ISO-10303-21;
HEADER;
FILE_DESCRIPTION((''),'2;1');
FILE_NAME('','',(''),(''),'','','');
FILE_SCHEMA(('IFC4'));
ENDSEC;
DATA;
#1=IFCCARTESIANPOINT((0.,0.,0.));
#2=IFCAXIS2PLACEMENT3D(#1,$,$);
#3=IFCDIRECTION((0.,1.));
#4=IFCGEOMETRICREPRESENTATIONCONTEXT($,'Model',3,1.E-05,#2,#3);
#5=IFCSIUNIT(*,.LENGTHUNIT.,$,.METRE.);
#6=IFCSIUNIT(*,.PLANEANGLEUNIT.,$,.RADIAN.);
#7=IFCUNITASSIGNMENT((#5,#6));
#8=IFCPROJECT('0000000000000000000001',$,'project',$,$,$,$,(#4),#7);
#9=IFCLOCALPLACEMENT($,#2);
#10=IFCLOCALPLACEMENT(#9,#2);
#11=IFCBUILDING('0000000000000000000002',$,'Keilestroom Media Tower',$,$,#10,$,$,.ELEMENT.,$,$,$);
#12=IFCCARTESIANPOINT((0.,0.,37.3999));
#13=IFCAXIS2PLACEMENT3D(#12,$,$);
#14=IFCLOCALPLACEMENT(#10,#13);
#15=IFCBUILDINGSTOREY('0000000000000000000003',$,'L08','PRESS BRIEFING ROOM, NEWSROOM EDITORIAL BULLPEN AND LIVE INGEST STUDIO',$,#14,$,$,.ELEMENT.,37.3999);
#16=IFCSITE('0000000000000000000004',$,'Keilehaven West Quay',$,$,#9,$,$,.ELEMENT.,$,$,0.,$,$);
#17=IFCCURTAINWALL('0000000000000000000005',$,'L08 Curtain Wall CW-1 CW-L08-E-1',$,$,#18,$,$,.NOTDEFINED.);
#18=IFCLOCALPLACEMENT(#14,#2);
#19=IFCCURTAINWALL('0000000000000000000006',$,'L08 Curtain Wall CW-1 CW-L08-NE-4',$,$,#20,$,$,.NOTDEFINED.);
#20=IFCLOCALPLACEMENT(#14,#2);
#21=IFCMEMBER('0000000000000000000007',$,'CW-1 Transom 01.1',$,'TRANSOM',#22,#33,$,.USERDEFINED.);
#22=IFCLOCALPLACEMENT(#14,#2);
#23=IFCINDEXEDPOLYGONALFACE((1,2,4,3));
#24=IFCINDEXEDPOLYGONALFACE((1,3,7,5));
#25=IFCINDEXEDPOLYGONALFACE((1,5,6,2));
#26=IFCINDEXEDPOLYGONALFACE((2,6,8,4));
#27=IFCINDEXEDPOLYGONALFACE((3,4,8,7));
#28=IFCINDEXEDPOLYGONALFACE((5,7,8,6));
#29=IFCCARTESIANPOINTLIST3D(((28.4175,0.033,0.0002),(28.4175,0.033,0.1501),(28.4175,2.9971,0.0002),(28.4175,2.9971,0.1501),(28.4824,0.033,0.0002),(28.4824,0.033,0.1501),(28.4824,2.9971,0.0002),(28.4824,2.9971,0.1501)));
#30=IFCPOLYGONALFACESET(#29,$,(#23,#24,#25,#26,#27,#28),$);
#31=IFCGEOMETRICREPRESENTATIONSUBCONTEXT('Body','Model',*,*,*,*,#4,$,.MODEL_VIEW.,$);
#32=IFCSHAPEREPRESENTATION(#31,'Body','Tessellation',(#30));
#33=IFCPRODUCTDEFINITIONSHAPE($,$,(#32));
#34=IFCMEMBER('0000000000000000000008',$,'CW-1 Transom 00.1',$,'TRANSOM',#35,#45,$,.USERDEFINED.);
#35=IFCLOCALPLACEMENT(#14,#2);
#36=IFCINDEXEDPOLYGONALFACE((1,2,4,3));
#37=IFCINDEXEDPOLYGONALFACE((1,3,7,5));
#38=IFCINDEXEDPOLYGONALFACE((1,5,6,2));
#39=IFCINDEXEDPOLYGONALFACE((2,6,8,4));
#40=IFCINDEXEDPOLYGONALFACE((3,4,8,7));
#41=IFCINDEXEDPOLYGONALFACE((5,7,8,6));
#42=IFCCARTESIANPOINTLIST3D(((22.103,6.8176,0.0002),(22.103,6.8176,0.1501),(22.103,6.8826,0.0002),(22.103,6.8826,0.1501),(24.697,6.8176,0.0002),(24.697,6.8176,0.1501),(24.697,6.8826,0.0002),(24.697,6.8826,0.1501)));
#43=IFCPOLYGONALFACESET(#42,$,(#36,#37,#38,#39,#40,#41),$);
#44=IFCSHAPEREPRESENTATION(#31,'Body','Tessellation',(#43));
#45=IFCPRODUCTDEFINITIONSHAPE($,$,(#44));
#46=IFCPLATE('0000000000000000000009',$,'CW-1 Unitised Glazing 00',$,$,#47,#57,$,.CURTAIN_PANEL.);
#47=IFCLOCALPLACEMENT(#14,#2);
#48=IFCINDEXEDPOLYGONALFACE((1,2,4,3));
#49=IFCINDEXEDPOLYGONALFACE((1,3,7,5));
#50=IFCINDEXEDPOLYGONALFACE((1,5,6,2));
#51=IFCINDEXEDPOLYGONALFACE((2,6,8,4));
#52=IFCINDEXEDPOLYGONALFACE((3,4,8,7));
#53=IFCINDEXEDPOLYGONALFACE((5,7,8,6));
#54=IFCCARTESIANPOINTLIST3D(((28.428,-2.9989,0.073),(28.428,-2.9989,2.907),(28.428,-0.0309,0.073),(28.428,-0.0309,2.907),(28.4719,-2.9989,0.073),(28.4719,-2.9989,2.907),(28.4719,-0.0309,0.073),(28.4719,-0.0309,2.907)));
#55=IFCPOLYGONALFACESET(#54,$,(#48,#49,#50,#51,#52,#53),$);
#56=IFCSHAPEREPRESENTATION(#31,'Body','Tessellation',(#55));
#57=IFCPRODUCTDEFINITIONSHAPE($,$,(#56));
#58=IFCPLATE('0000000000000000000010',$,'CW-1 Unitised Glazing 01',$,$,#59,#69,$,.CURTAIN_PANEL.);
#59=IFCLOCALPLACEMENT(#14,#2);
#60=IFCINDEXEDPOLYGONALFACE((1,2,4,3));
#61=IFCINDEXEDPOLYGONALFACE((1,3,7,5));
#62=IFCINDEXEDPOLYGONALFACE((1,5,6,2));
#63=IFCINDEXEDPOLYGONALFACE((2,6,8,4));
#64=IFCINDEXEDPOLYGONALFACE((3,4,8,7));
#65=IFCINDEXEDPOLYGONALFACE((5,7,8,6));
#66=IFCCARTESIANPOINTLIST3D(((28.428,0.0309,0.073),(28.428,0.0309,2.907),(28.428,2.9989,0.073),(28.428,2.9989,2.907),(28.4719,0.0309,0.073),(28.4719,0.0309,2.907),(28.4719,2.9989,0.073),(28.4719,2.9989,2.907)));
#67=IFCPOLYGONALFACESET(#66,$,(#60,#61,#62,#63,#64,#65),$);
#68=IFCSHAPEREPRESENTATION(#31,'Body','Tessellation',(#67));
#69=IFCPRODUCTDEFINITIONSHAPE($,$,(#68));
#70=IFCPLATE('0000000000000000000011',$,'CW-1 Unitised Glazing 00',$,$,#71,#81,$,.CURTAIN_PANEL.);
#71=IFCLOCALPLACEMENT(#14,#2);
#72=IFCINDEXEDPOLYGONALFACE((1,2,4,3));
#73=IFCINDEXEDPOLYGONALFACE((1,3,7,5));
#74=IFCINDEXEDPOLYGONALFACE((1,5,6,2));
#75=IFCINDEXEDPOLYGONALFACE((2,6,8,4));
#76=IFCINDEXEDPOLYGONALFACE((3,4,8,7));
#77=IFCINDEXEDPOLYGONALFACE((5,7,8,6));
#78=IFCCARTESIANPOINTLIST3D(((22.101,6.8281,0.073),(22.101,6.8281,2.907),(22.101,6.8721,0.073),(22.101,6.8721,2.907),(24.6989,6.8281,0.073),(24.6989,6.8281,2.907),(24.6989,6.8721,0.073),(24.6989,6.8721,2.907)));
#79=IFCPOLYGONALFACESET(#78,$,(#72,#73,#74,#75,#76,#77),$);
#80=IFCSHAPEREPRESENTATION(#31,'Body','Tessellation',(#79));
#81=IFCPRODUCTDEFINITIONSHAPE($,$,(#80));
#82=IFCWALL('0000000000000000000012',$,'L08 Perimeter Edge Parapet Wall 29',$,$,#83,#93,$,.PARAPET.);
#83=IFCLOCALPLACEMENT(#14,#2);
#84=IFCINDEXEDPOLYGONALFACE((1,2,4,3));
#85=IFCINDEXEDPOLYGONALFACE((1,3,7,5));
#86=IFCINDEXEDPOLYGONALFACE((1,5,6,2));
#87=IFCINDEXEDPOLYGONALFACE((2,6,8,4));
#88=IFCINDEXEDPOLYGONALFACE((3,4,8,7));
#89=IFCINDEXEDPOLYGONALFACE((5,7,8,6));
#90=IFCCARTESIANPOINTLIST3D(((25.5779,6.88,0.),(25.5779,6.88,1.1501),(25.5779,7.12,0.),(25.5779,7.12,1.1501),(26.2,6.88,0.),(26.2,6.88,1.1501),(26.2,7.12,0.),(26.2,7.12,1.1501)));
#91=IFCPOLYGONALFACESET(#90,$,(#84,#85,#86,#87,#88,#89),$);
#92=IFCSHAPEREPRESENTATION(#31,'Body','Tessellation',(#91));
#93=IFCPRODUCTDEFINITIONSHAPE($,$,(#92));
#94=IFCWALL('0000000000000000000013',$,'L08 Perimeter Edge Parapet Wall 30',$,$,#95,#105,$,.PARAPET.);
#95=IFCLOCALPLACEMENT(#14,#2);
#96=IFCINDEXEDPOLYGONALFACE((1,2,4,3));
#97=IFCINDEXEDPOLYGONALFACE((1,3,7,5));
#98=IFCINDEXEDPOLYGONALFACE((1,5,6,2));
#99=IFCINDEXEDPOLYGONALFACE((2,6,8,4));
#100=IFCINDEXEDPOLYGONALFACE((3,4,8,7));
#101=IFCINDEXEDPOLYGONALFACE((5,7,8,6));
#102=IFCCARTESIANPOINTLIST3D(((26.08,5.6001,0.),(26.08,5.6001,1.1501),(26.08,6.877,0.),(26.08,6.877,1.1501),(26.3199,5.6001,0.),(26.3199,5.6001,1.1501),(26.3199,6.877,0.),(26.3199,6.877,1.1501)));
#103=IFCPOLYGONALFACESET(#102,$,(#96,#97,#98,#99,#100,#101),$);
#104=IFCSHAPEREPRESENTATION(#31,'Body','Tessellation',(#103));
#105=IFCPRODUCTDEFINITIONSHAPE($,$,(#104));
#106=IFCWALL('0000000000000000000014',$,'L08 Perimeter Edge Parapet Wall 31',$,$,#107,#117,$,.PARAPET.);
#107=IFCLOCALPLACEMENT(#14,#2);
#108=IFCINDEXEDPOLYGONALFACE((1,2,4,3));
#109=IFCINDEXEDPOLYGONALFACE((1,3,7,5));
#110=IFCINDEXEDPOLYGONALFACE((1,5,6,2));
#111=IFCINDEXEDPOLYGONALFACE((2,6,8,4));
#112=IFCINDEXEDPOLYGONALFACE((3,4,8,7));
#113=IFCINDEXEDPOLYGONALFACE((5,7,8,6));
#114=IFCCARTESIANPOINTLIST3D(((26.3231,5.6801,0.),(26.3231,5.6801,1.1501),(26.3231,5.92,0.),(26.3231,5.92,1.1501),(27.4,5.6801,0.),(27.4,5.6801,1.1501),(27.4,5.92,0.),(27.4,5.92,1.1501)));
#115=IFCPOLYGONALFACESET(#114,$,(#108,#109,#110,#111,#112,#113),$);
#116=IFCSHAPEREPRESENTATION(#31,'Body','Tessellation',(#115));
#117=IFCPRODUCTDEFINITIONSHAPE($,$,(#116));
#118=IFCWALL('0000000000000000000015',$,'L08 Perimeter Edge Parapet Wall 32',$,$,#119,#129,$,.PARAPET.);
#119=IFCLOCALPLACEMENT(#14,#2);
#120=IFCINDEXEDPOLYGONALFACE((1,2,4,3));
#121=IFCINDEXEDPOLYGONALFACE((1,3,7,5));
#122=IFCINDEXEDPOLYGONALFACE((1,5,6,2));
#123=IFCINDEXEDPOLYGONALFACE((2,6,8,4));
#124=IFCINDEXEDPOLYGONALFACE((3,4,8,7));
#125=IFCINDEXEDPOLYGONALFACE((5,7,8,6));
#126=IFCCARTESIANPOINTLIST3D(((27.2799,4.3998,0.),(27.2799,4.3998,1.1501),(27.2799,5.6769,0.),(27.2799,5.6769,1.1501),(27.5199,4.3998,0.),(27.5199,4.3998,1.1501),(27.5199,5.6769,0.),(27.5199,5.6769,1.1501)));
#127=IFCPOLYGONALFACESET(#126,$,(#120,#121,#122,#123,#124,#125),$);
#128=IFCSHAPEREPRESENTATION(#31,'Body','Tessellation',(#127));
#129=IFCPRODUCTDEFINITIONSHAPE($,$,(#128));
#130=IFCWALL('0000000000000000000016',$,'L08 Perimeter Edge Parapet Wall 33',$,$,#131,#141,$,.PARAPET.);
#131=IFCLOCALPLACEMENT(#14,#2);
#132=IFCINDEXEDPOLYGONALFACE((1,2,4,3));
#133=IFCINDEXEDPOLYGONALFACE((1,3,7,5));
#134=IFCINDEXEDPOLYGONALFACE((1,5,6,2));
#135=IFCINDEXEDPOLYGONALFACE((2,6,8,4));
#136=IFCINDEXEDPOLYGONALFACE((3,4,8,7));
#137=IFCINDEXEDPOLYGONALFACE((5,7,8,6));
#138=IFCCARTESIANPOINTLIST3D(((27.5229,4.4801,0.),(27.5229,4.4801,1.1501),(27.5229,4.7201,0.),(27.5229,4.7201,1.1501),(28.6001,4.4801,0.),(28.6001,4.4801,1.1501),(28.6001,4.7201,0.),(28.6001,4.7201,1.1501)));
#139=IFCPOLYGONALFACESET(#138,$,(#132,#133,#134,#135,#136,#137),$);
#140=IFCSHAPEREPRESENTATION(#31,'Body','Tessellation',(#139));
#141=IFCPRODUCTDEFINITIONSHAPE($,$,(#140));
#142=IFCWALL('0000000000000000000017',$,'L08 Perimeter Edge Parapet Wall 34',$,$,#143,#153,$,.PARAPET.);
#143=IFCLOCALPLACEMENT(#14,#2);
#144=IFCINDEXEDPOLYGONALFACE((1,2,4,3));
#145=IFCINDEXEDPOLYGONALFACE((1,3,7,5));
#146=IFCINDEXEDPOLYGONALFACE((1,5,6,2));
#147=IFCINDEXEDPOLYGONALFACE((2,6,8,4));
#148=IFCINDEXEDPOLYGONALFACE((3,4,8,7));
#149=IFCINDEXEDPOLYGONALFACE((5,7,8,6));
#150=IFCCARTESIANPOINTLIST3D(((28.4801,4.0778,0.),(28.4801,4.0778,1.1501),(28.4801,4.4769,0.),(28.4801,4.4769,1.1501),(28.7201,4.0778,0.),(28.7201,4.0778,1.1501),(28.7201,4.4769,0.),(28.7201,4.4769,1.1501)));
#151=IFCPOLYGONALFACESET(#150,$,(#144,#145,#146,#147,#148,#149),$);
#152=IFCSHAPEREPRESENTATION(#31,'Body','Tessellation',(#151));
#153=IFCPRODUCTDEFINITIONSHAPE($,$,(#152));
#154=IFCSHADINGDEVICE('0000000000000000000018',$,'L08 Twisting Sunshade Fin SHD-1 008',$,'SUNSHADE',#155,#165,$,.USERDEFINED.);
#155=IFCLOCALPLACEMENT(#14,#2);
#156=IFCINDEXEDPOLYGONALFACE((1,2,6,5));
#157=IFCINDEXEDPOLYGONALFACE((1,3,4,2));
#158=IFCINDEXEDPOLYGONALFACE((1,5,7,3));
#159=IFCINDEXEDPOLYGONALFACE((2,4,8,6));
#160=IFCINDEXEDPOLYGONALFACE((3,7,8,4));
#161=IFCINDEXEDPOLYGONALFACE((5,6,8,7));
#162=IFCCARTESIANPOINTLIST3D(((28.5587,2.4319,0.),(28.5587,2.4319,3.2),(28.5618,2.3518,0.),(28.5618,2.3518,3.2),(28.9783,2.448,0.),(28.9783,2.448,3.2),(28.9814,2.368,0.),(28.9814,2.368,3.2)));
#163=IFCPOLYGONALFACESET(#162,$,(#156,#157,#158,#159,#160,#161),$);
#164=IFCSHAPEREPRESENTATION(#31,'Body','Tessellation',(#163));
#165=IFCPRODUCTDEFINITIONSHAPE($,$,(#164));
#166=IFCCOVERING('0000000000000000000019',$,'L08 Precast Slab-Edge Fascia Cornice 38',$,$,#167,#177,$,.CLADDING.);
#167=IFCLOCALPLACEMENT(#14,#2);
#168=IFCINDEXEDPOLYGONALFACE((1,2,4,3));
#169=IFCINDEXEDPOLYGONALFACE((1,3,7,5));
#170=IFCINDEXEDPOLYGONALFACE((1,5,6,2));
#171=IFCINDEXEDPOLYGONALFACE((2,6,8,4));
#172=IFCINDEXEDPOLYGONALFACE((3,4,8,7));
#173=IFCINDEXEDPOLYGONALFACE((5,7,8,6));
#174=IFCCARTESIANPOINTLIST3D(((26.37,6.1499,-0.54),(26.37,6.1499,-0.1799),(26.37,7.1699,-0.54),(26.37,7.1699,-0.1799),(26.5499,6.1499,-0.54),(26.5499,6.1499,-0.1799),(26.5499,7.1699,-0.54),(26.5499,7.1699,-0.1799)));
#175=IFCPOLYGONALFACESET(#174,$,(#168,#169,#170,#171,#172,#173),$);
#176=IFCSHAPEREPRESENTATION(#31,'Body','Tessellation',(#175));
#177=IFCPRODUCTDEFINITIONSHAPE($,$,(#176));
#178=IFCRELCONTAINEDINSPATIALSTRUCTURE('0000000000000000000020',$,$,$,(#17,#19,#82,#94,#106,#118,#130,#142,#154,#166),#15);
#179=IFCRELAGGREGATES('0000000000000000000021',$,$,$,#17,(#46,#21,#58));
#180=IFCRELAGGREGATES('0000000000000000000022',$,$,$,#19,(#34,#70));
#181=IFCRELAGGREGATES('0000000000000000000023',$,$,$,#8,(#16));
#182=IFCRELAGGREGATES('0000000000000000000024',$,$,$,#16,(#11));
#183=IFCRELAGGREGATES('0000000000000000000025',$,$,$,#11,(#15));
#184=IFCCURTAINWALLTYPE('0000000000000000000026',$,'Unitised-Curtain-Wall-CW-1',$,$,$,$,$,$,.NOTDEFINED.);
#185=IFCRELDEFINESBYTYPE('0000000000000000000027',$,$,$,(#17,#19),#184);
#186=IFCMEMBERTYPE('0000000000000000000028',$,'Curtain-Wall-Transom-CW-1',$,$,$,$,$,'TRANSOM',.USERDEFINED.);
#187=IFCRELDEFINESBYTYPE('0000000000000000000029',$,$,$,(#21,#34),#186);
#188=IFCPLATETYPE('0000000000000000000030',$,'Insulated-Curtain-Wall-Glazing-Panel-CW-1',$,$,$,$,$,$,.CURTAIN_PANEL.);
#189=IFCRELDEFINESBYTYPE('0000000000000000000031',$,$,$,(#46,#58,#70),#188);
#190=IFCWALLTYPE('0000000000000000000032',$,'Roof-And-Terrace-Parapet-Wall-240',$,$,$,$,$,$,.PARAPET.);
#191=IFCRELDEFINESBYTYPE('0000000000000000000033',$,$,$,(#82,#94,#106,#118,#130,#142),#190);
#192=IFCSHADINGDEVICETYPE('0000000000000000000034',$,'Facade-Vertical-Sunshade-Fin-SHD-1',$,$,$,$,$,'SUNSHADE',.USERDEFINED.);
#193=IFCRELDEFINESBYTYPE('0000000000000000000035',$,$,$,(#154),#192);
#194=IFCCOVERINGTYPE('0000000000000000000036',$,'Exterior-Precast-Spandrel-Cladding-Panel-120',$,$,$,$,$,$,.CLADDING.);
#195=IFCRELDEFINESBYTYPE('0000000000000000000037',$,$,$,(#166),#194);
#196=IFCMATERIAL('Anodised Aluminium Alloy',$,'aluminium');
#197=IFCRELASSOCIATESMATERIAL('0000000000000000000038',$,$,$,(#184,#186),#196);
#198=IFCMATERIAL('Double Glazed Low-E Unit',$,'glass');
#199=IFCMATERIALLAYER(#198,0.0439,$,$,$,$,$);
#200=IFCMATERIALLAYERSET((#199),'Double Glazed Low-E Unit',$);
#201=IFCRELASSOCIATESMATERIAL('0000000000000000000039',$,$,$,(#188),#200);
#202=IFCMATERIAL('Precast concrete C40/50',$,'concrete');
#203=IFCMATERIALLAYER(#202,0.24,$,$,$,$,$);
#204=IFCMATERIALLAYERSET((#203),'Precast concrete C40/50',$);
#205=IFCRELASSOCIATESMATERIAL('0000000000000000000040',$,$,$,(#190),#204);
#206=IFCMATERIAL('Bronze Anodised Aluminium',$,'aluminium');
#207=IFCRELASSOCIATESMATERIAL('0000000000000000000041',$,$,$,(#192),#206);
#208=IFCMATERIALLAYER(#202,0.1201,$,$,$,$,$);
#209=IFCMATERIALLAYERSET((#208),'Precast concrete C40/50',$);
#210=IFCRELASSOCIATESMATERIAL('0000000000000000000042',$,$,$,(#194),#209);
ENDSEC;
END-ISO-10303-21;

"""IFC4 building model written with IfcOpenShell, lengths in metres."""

from ifc_helpers import new_model, si_unit, direction, frame, frame_2d, origin, origin_2d, place, context, subcontext, project, spatial, rectangle, extrude, source, transform, mapped, material, layer, layer_set, material_profile, profile_set, type_object, element, aggregate, save


model = new_model("IFC4")

# Units and contexts
model_context = context("Model", 3, precision=1e-05, world=origin(), true_north=direction((0.0, 1.0)))
body_context = subcontext(model_context, "Body", "Model", "MODEL_VIEW")
ifc_project = project(units=[si_unit("LENGTHUNIT", "METRE"), si_unit("PLANEANGLEUNIT", "RADIAN")], contexts=[model_context])

# Site, building, storey
site_placement = place(None, origin())
site = spatial("IfcSite", under=ifc_project, at=site_placement, Name="Keilehaven West Quay", CompositionType="ELEMENT", RefElevation=0.0)
building_placement = place(site_placement, origin())
building = spatial("IfcBuilding", under=site, at=building_placement, Name="Keilestroom Media Tower", CompositionType="ELEMENT")
storey_placement = place(building_placement, frame((0.0, 0.0, 37.3999)))
storey = spatial("IfcBuildingStorey", under=building, at=storey_placement, Name="L08", Description="PRESS BRIEFING ROOM, NEWSROOM EDITORIAL BULLPEN AND LIVE INGEST STUDIO", CompositionType="ELEMENT", Elevation=37.3999)

# Shared definitions
ifc_material_1 = material(Name="Precast concrete C40/50", Category="concrete")

# Curtain walls
ifc_material_2 = material(Name="Anodised Aluminium Alloy", Category="aluminium")
curtain_wall_type = type_object("IfcCurtainWallType", Name="Unitised-Curtain-Wall-CW-1", PredefinedType="NOTDEFINED", material=ifc_material_2)
curtain_wall_1_placement = place(storey_placement, origin())
curtain_wall_1 = element("IfcCurtainWall", 1, at=curtain_wall_1_placement, inside=storey, type_object=curtain_wall_type, Name="L08 Curtain Wall CW-1 CW-L08-E-1", PredefinedType="NOTDEFINED")
curtain_wall_2_placement = place(storey_placement, origin())
curtain_wall_2 = element("IfcCurtainWall", 2, at=curtain_wall_2_placement, inside=storey, type_object=curtain_wall_type, Name="L08 Curtain Wall CW-1 CW-L08-NE-4", PredefinedType="NOTDEFINED")

# Members
ifc_material_profile_1 = material_profile(ifc_material_2, rectangle(XDim=0.0649, YDim=0.1499, at=origin_2d()), Name="ALU TRANSOM 65x150")
ifc_profile_set_1 = profile_set([ifc_material_profile_1], Name="Anodised Aluminium Alloy")
member_type_1 = type_object("IfcMemberType", Name="Curtain-Wall-Transom-CW-1", ElementType="TRANSOM", PredefinedType="USERDEFINED", material=ifc_profile_set_1)
shared_shape_1 = source(origin(), body_context, "Body", "SweptSolid", [
    extrude(rectangle(XDim=0.0649, YDim=0.1499, at=origin_2d()), origin(), (0.0, 0.0, 1.0), 2.9641),
])
member_1_placement = place(storey_placement, frame((28.45, 0.033, 0.0752), z_axis=(0.0, 1.0, 0.0), x_axis=(-1.0, 0.0, 0.0)))
member_1 = element("IfcMember", 3, at=member_1_placement, type_object=member_type_1, Name="CW-1 Transom 01.1", ObjectType="TRANSOM", PredefinedType="USERDEFINED", context=body_context, shape_type="MappedRepresentation", body=[
    mapped(shared_shape_1, transform((0.0, 0.0, 0.0), x_axis=(1.0, 0.0, 0.0), y_axis=(0.0, 1.0, 0.0), z_axis=(0.0, 0.0, 1.0), scale=1.0)),
])
shared_shape_2 = source(origin(), body_context, "Body", "SweptSolid", [
    extrude(rectangle(XDim=0.0649, YDim=0.1499, at=origin_2d()), origin(), (0.0, 0.0, 1.0), 2.594),
])
member_2_placement = place(storey_placement, frame((22.103, 6.8501, 0.0752), z_axis=(1.0, 0.0, 0.0), x_axis=(0.0, 1.0, 0.0)))
member_2 = element("IfcMember", 4, at=member_2_placement, type_object=member_type_1, Name="CW-1 Transom 00.1", ObjectType="TRANSOM", PredefinedType="USERDEFINED", context=body_context, shape_type="MappedRepresentation", body=[
    mapped(shared_shape_2, transform((0.0, 0.0, 0.0), x_axis=(1.0, 0.0, 0.0), y_axis=(0.0, 1.0, 0.0), z_axis=(0.0, 0.0, 1.0), scale=1.0)),
])

# Plates
ifc_material_3 = material(Name="Double Glazed Low-E Unit", Category="glass")
ifc_layer_1 = layer(ifc_material_3, 0.0439)
ifc_layer_set_1 = layer_set([ifc_layer_1], Name="Double Glazed Low-E Unit")
plate_type = type_object("IfcPlateType", Name="Insulated-Curtain-Wall-Glazing-Panel-CW-1", PredefinedType="CURTAIN_PANEL", material=ifc_layer_set_1)
shared_shape_3 = source(origin(), body_context, "Body", "SweptSolid", [
    extrude(rectangle(XDim=2.968, YDim=0.0439, at=origin_2d()), origin(), (0.0, 0.0, 1.0), 2.834),
])
plate_1_placement = place(storey_placement, frame((28.45, -1.5149, 0.073), z_axis=(0.0, 0.0, 1.0), x_axis=(0.0, 1.0, 0.0)))
plate_1 = element("IfcPlate", 5, at=plate_1_placement, type_object=plate_type, Name="CW-1 Unitised Glazing 00", PredefinedType="CURTAIN_PANEL", context=body_context, shape_type="MappedRepresentation", body=[
    mapped(shared_shape_3, transform((0.0, 0.0, 0.0), x_axis=(1.0, 0.0, 0.0), y_axis=(0.0, 1.0, 0.0), z_axis=(0.0, 0.0, 1.0), scale=1.0)),
])
plate_2_placement = place(storey_placement, frame((28.45, 1.5149, 0.073), z_axis=(0.0, 0.0, 1.0), x_axis=(0.0, 1.0, 0.0)))
plate_2 = element("IfcPlate", 6, at=plate_2_placement, type_object=plate_type, Name="CW-1 Unitised Glazing 01", PredefinedType="CURTAIN_PANEL", context=body_context, shape_type="MappedRepresentation", body=[
    mapped(shared_shape_3, transform((0.0, 0.0, 0.0), x_axis=(1.0, 0.0, 0.0), y_axis=(0.0, 1.0, 0.0), z_axis=(0.0, 0.0, 1.0), scale=1.0)),
])
aggregate(curtain_wall_1, [plate_1, member_1, plate_2])
shared_shape_4 = source(origin(), body_context, "Body", "SweptSolid", [
    extrude(rectangle(XDim=2.5979, YDim=0.0439, at=origin_2d()), origin(), (0.0, 0.0, 1.0), 2.834),
])
plate_3_placement = place(storey_placement, frame((23.3999, 6.8501, 0.073), z_axis=(0.0, 0.0, 1.0), x_axis=(1.0, 0.0, 0.0)))
plate_3 = element("IfcPlate", 7, at=plate_3_placement, type_object=plate_type, Name="CW-1 Unitised Glazing 00", PredefinedType="CURTAIN_PANEL", context=body_context, shape_type="MappedRepresentation", body=[
    mapped(shared_shape_4, transform((0.0, 0.0, 0.0), x_axis=(1.0, 0.0, 0.0), y_axis=(0.0, 1.0, 0.0), z_axis=(0.0, 0.0, 1.0), scale=1.0)),
])
aggregate(curtain_wall_2, [member_2, plate_3])

# Walls
ifc_layer_2 = layer(ifc_material_1, 0.24)
ifc_layer_set_2 = layer_set([ifc_layer_2], Name="Precast concrete C40/50")
wall_type = type_object("IfcWallType", Name="Roof-And-Terrace-Parapet-Wall-240", PredefinedType="PARAPET", material=ifc_layer_set_2)
wall_1_placement = place(storey_placement, frame((25.5779, 7.0, 0.0), z_axis=(0.0, 0.0, 1.0), x_axis=(1.0, 0.0, 0.0)))
element("IfcWall", 8, at=wall_1_placement, inside=storey, type_object=wall_type, Name="L08 Perimeter Edge Parapet Wall 29", PredefinedType="PARAPET", context=body_context, shape_type="SweptSolid", body=[
    extrude(rectangle(XDim=0.6221, YDim=0.24, at=frame_2d((0.311, 0.0))), origin(), (0.0, 0.0, 1.0), 1.1501),
])
wall_2_placement = place(storey_placement, frame((26.2, 6.877, 0.0), z_axis=(0.0, 0.0, 1.0), x_axis=(0.0, -1.0, 0.0)))
element("IfcWall", 9, at=wall_2_placement, inside=storey, type_object=wall_type, Name="L08 Perimeter Edge Parapet Wall 30", PredefinedType="PARAPET", context=body_context, shape_type="SweptSolid", body=[
    extrude(rectangle(XDim=1.2769, YDim=0.24, at=frame_2d((0.6384, 0.0))), origin(), (0.0, 0.0, 1.0), 1.1501),
])
wall_3_placement = place(storey_placement, frame((26.323, 5.8, 0.0), z_axis=(0.0, 0.0, 1.0), x_axis=(1.0, 0.0, 0.0)))
element("IfcWall", 10, at=wall_3_placement, inside=storey, type_object=wall_type, Name="L08 Perimeter Edge Parapet Wall 31", PredefinedType="PARAPET", context=body_context, shape_type="SweptSolid", body=[
    extrude(rectangle(XDim=1.0769, YDim=0.24, at=frame_2d((0.5386, 0.0))), origin(), (0.0, 0.0, 1.0), 1.1501),
])
wall_4_placement = place(storey_placement, frame((27.3999, 5.677, 0.0), z_axis=(0.0, 0.0, 1.0), x_axis=(0.0, -1.0, 0.0)))
element("IfcWall", 11, at=wall_4_placement, inside=storey, type_object=wall_type, Name="L08 Perimeter Edge Parapet Wall 32", PredefinedType="PARAPET", context=body_context, shape_type="SweptSolid", body=[
    extrude(rectangle(XDim=1.2771, YDim=0.24, at=frame_2d((0.6387, 0.0))), origin(), (0.0, 0.0, 1.0), 1.1501),
])
wall_5_placement = place(storey_placement, frame((27.5229, 4.6001, 0.0), z_axis=(0.0, 0.0, 1.0), x_axis=(1.0, 0.0, 0.0)))
element("IfcWall", 12, at=wall_5_placement, inside=storey, type_object=wall_type, Name="L08 Perimeter Edge Parapet Wall 33", PredefinedType="PARAPET", context=body_context, shape_type="SweptSolid", body=[
    extrude(rectangle(XDim=1.0771, YDim=0.24, at=frame_2d((0.5386, 0.0))), origin(), (0.0, 0.0, 1.0), 1.1501),
])
wall_6_placement = place(storey_placement, frame((28.6001, 4.4771, 0.0), z_axis=(0.0, 0.0, 1.0), x_axis=(0.0, -1.0, 0.0)))
element("IfcWall", 13, at=wall_6_placement, inside=storey, type_object=wall_type, Name="L08 Perimeter Edge Parapet Wall 34", PredefinedType="PARAPET", context=body_context, shape_type="SweptSolid", body=[
    extrude(rectangle(XDim=0.3992, YDim=0.24, at=frame_2d((0.1997, 0.0))), origin(), (0.0, 0.0, 1.0), 1.1501),
])

# Shading device
ifc_material_4 = material(Name="Bronze Anodised Aluminium", Category="aluminium")
shading_device_type = type_object("IfcShadingDeviceType", Name="Facade-Vertical-Sunshade-Fin-SHD-1", ElementType="SUNSHADE", PredefinedType="USERDEFINED", material=ifc_material_4)
shared_shape_5 = source(origin(), body_context, "Body", "SweptSolid", [
    extrude(rectangle(XDim=0.4199, YDim=0.0801, at=origin_2d()), origin(), (0.0, 0.0, 1.0), 3.2),
])
shading_device_placement = place(storey_placement, frame((28.77, 2.3999, 0.0), z_axis=(0.0, 0.0, 1.0), x_axis=(0.999263, 0.038388, 0.0)))
element("IfcShadingDevice", 14, at=shading_device_placement, inside=storey, type_object=shading_device_type, Name="L08 Twisting Sunshade Fin SHD-1 008", ObjectType="SUNSHADE", PredefinedType="USERDEFINED", context=body_context, shape_type="MappedRepresentation", body=[
    mapped(shared_shape_5, transform((0.0, 0.0, 0.0), x_axis=(1.0, 0.0, 0.0), y_axis=(0.0, 1.0, 0.0), z_axis=(0.0, 0.0, 1.0), scale=1.0)),
])

# Covering
ifc_layer_3 = layer(ifc_material_1, 0.1201)
ifc_layer_set_3 = layer_set([ifc_layer_3], Name="Precast concrete C40/50")
covering_type = type_object("IfcCoveringType", Name="Exterior-Precast-Spandrel-Cladding-Panel-120", PredefinedType="CLADDING", material=ifc_layer_set_3)
shared_shape_6 = source(origin(), body_context, "Body", "SweptSolid", [
    extrude(rectangle(XDim=1.02, YDim=0.1799, at=origin_2d()), origin(), (0.0, 0.0, 1.0), 0.3601),
])
for number, where, z_axis, x_axis, name in (
    (15, (26.46, 6.6599, -0.54), (0.0, 0.0, 1.0), (0.0, -1.0, 0.0), "L08 Precast Slab-Edge Fascia Cornice 38"),
):
    element("IfcCovering", number, at=place(storey_placement, frame(where, z_axis=z_axis, x_axis=x_axis)), inside=storey, type_object=covering_type, Name=name, PredefinedType="CLADDING", context=body_context, shape_type="MappedRepresentation", body=[
        mapped(shared_shape_6, transform((0.0, 0.0, 0.0), x_axis=(1.0, 0.0, 0.0), y_axis=(0.0, 1.0, 0.0), z_axis=(0.0, 0.0, 1.0), scale=1.0)),
    ])

save(model, "model.ifc")
